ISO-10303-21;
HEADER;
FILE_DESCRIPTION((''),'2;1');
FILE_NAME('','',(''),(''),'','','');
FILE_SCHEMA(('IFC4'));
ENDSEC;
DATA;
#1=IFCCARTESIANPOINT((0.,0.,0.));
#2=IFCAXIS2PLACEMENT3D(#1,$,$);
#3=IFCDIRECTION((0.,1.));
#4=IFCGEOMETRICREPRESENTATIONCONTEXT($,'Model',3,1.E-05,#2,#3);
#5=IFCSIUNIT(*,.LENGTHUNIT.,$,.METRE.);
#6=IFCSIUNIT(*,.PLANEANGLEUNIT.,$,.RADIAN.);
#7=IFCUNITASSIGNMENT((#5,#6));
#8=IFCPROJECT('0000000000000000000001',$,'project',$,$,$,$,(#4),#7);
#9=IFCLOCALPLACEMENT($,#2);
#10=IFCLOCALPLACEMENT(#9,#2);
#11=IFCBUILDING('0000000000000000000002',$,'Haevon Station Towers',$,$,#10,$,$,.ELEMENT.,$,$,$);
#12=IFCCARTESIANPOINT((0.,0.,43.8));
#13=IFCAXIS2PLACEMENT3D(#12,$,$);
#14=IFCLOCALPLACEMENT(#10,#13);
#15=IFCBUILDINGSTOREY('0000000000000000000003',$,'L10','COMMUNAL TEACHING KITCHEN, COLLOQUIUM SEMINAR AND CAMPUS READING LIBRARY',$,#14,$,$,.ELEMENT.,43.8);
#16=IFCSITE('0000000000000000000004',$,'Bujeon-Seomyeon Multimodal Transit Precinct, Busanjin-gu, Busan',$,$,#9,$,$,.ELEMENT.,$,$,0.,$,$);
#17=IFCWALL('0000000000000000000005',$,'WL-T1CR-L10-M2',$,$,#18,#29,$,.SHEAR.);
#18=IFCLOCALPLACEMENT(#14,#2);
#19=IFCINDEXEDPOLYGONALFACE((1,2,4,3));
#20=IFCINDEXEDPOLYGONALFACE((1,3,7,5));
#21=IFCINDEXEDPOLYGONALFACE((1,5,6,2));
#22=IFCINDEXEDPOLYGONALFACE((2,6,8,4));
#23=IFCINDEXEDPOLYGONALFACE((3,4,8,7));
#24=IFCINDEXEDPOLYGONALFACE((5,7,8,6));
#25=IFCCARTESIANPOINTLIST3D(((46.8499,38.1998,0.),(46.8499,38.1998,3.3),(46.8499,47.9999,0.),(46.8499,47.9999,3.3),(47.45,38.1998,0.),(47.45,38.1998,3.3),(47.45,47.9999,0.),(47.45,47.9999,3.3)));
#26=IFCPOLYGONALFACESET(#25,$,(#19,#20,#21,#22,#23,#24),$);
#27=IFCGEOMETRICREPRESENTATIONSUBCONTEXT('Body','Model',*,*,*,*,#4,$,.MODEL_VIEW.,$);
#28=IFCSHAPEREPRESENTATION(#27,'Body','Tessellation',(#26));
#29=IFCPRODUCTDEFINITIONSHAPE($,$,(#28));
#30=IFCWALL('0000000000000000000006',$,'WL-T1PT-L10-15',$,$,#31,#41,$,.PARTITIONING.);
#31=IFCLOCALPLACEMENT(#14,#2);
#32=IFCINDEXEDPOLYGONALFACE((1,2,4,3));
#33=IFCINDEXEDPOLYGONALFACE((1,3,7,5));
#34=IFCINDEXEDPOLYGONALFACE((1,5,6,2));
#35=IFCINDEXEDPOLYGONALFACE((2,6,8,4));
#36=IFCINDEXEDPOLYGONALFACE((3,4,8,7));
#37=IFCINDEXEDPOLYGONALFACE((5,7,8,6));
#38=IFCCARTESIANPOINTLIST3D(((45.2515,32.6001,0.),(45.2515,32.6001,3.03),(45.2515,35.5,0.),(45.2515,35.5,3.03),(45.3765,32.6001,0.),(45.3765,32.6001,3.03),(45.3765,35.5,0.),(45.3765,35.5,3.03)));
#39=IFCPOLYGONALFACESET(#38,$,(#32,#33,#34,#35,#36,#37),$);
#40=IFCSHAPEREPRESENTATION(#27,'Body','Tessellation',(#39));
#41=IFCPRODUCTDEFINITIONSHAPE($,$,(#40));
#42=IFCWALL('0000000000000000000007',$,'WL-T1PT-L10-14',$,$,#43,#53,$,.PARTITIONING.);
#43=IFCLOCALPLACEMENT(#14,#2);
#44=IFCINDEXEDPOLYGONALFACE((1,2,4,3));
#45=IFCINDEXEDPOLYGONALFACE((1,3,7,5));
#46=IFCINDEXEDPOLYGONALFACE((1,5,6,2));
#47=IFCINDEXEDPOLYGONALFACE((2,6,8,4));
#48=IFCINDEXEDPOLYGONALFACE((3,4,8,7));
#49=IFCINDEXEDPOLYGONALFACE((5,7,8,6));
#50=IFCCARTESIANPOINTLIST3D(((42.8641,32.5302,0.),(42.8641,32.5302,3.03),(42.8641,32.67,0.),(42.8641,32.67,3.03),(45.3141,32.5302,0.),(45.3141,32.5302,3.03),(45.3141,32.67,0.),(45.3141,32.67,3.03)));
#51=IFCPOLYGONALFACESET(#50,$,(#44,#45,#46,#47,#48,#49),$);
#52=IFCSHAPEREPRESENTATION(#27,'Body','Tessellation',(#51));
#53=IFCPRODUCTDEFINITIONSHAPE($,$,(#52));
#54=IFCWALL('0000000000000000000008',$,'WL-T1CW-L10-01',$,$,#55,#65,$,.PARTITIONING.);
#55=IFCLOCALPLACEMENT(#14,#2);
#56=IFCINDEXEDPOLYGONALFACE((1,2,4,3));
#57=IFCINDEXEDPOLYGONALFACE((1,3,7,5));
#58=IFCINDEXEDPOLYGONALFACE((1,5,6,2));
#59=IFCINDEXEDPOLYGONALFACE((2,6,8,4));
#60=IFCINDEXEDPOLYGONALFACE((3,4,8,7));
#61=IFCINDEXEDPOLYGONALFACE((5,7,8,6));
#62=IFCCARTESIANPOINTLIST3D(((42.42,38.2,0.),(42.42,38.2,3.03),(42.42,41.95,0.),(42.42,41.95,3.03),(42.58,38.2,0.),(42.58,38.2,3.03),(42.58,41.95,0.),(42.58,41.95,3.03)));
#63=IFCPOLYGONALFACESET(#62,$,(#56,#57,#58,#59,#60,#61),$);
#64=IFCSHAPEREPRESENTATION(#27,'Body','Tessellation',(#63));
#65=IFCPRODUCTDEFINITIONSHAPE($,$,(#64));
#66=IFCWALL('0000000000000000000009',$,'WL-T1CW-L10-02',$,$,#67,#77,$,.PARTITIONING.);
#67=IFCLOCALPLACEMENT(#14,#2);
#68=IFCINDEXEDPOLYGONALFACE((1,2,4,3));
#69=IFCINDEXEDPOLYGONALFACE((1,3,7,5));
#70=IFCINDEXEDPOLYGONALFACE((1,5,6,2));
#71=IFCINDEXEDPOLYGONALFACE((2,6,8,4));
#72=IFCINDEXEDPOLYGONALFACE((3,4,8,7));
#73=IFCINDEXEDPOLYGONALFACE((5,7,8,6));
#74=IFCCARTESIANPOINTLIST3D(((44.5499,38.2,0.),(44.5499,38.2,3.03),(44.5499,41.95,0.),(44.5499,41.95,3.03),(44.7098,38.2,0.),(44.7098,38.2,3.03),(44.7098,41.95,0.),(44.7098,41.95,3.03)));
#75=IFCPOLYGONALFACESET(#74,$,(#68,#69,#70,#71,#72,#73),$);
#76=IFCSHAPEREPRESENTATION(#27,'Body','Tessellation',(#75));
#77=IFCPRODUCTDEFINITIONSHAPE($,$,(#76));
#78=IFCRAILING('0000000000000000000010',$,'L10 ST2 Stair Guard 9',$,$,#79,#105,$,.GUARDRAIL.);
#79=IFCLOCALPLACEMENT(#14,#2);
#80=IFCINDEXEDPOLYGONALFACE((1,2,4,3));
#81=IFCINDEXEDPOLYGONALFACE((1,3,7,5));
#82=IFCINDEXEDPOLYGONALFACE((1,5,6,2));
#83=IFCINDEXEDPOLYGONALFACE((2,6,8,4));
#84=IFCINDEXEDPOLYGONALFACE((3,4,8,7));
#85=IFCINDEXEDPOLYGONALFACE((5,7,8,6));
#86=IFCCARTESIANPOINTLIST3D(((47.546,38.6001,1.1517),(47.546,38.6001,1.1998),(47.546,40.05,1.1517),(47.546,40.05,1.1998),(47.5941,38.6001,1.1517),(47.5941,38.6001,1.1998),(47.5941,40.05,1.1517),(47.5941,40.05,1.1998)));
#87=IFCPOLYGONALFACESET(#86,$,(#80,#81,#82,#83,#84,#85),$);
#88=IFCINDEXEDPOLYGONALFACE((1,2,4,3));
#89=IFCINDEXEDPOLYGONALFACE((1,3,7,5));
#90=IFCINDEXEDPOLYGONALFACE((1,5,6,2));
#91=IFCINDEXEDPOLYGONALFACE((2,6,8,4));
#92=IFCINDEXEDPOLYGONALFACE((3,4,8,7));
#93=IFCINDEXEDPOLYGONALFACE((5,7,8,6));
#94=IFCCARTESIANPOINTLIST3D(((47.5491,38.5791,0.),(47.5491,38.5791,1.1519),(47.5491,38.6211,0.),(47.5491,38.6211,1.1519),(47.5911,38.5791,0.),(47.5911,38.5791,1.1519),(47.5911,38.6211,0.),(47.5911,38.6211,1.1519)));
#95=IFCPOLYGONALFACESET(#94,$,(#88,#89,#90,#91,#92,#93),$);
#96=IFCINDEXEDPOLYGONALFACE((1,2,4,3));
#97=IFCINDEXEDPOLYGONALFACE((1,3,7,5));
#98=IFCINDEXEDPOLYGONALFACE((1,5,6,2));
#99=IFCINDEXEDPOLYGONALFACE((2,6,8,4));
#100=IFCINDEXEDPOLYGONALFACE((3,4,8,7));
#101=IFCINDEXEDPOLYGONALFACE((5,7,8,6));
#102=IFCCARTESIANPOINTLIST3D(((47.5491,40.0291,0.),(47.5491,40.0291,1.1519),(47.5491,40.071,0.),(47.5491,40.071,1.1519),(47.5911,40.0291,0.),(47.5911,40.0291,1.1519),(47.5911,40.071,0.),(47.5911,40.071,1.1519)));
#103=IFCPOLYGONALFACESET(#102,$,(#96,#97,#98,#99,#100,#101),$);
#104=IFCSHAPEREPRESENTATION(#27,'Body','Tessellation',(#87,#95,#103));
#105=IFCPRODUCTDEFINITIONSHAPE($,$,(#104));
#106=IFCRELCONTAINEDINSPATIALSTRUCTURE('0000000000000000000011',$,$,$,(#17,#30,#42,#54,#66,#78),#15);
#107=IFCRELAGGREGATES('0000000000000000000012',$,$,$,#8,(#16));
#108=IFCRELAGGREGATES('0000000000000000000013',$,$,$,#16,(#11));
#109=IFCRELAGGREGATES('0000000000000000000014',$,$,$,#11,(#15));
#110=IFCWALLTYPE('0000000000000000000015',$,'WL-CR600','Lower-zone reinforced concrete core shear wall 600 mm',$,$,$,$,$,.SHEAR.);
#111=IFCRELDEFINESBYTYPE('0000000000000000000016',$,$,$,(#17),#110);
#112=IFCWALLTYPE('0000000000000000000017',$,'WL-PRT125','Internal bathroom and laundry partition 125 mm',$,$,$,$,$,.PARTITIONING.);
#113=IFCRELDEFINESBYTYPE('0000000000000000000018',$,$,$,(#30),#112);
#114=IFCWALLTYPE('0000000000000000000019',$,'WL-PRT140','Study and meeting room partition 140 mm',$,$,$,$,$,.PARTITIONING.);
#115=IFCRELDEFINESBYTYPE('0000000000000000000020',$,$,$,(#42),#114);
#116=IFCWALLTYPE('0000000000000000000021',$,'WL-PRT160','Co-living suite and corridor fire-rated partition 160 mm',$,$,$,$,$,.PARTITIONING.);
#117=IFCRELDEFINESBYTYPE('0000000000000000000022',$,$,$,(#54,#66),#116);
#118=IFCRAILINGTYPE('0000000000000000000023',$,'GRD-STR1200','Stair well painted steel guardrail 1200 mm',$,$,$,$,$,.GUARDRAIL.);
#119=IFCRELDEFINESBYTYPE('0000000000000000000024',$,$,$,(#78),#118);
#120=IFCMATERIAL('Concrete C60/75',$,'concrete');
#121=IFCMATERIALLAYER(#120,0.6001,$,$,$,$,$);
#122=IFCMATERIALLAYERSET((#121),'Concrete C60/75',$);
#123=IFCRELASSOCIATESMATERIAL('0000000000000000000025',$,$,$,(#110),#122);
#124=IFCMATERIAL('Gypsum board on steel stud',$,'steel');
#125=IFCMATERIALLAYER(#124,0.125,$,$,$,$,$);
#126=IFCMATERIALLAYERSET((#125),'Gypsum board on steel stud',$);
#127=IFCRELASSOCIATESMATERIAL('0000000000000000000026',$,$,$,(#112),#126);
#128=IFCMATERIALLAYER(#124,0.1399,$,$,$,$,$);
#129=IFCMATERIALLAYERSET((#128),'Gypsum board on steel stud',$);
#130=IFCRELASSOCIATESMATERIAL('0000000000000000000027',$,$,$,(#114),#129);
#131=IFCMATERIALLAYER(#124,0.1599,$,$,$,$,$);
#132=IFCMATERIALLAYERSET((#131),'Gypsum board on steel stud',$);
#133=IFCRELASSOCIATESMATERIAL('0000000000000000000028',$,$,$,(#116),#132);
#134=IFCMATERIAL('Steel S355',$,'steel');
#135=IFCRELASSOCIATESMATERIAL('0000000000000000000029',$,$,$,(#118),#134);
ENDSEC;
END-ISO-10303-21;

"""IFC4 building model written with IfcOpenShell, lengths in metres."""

from ifc_helpers import new_model, si_unit, direction, frame, frame_2d, origin, origin_2d, place, context, subcontext, project, spatial, rectangle, extrude, material, layer, layer_set, type_object, element, save


model = new_model("IFC4")

# Units and contexts
model_context = context("Model", 3, precision=1e-05, world=origin(), true_north=direction((0.0, 1.0)))
body_context = subcontext(model_context, "Body", "Model", "MODEL_VIEW")
ifc_project = project(units=[si_unit("LENGTHUNIT", "METRE"), si_unit("PLANEANGLEUNIT", "RADIAN")], contexts=[model_context])

# Site, building, storey
site_placement = place(None, origin())
site = spatial("IfcSite", under=ifc_project, at=site_placement, Name="Bujeon-Seomyeon Multimodal Transit Precinct, Busanjin-gu, Busan", CompositionType="ELEMENT", RefElevation=0.0)
building_placement = place(site_placement, origin())
building = spatial("IfcBuilding", under=site, at=building_placement, Name="Haevon Station Towers", CompositionType="ELEMENT")
storey_placement = place(building_placement, frame((0.0, 0.0, 43.8)))
storey = spatial("IfcBuildingStorey", under=building, at=storey_placement, Name="L10", Description="COMMUNAL TEACHING KITCHEN, COLLOQUIUM SEMINAR AND CAMPUS READING LIBRARY", CompositionType="ELEMENT", Elevation=43.8)

# Shared definitions
ifc_material_1 = material(Name="Steel S355", Category="steel")

# Shared definitions
ifc_material_2 = material(Name="Gypsum board on steel stud", Category="steel")

# Walls
ifc_material_3 = material(Name="Concrete C60/75", Category="concrete")
ifc_layer_1 = layer(ifc_material_3, 0.6001)
ifc_layer_set_1 = layer_set([ifc_layer_1], Name="Concrete C60/75")
wall_type_1 = type_object("IfcWallType", Name="WL-CR600", Description="Lower-zone reinforced concrete core shear wall 600 mm", PredefinedType="SHEAR", material=ifc_layer_set_1)
wall_1_placement = place(storey_placement, frame((47.1499, 38.2, 0.0), z_axis=(0.0, 0.0, 1.0), x_axis=(0.0, 1.0, 0.0)))
element("IfcWall", 1, at=wall_1_placement, inside=storey, type_object=wall_type_1, Name="WL-T1CR-L10-M2", PredefinedType="SHEAR", context=body_context, shape_type="SweptSolid", body=[
    extrude(rectangle(XDim=9.8, YDim=0.6001, at=frame_2d((4.8999, 0.0))), origin(), (0.0, 0.0, 1.0), 3.3),
])
ifc_layer_2 = layer(ifc_material_2, 0.125)
ifc_layer_set_2 = layer_set([ifc_layer_2], Name="Gypsum board on steel stud")
wall_type_2 = type_object("IfcWallType", Name="WL-PRT125", Description="Internal bathroom and laundry partition 125 mm", PredefinedType="PARTITIONING", material=ifc_layer_set_2)
wall_2_placement = place(storey_placement, frame((45.314, 32.6001, 0.0), z_axis=(0.0, 0.0, 1.0), x_axis=(0.0, 1.0, 0.0)))
element("IfcWall", 2, at=wall_2_placement, inside=storey, type_object=wall_type_2, Name="WL-T1PT-L10-15", PredefinedType="PARTITIONING", context=body_context, shape_type="SweptSolid", body=[
    extrude(rectangle(XDim=2.8999, YDim=0.125, at=frame_2d((1.45, 0.0))), origin(), (0.0, 0.0, 1.0), 3.03),
])
ifc_layer_3 = layer(ifc_material_2, 0.1399)
ifc_layer_set_3 = layer_set([ifc_layer_3], Name="Gypsum board on steel stud")
wall_type_3 = type_object("IfcWallType", Name="WL-PRT140", Description="Study and meeting room partition 140 mm", PredefinedType="PARTITIONING", material=ifc_layer_set_3)
wall_3_placement = place(storey_placement, frame((42.864, 32.6001, 0.0), z_axis=(0.0, 0.0, 1.0), x_axis=(1.0, 0.0, 0.0)))
element("IfcWall", 3, at=wall_3_placement, inside=storey, type_object=wall_type_3, Name="WL-T1PT-L10-14", PredefinedType="PARTITIONING", context=body_context, shape_type="SweptSolid", body=[
    extrude(rectangle(XDim=2.45, YDim=0.1399, at=frame_2d((1.2251, 0.0))), origin(), (0.0, 0.0, 1.0), 3.03),
])
ifc_layer_4 = layer(ifc_material_2, 0.1599)
ifc_layer_set_4 = layer_set([ifc_layer_4], Name="Gypsum board on steel stud")
wall_type_4 = type_object("IfcWallType", Name="WL-PRT160", Description="Co-living suite and corridor fire-rated partition 160 mm", PredefinedType="PARTITIONING", material=ifc_layer_set_4)
for number, where, z_axis, x_axis, name in (
    (4, (42.5, 38.2, 0.0), (0.0, 0.0, 1.0), (0.0, 1.0, 0.0), "WL-T1CW-L10-01"),
    (5, (44.6299, 38.2, 0.0), (0.0, 0.0, 1.0), (0.0, 1.0, 0.0), "WL-T1CW-L10-02"),
):
    element("IfcWall", number, at=place(storey_placement, frame(where, z_axis=z_axis, x_axis=x_axis)), inside=storey, type_object=wall_type_4, Name=name, PredefinedType="PARTITIONING", context=body_context, shape_type="SweptSolid", body=[
        extrude(rectangle(XDim=3.75, YDim=0.1599, at=frame_2d((1.875, 0.0))), origin(), (0.0, 0.0, 1.0), 3.03),
    ])

# Railing
railing_type = type_object("IfcRailingType", Name="GRD-STR1200", Description="Stair well painted steel guardrail 1200 mm", PredefinedType="GUARDRAIL", material=ifc_material_1)
railing_placement = place(storey_placement, frame((47.5701, 38.6001, 0.0)))
element("IfcRailing", 6, at=railing_placement, inside=storey, type_object=railing_type, Name="L10 ST2 Stair Guard 9", PredefinedType="GUARDRAIL", context=body_context, shape_type="SweptSolid", body=[
    extrude(rectangle(XDim=0.0481, YDim=0.0481, at=origin_2d()), frame((0.0, 0.0, 1.1758), z_axis=(0.0, 1.0, 0.0), x_axis=(-1.0, 0.0, 0.0)), (0.0, 0.0, 1.0), 1.45),
    extrude(rectangle(XDim=0.042, YDim=0.042, at=origin_2d()), origin(), (0.0, 0.0, 1.0), 1.1519),
    extrude(rectangle(XDim=0.042, YDim=0.042, at=origin_2d()), frame((0.0, 1.45, 0.0)), (0.0, 0.0, 1.0), 1.1519),
])

save(model, "model.ifc")
